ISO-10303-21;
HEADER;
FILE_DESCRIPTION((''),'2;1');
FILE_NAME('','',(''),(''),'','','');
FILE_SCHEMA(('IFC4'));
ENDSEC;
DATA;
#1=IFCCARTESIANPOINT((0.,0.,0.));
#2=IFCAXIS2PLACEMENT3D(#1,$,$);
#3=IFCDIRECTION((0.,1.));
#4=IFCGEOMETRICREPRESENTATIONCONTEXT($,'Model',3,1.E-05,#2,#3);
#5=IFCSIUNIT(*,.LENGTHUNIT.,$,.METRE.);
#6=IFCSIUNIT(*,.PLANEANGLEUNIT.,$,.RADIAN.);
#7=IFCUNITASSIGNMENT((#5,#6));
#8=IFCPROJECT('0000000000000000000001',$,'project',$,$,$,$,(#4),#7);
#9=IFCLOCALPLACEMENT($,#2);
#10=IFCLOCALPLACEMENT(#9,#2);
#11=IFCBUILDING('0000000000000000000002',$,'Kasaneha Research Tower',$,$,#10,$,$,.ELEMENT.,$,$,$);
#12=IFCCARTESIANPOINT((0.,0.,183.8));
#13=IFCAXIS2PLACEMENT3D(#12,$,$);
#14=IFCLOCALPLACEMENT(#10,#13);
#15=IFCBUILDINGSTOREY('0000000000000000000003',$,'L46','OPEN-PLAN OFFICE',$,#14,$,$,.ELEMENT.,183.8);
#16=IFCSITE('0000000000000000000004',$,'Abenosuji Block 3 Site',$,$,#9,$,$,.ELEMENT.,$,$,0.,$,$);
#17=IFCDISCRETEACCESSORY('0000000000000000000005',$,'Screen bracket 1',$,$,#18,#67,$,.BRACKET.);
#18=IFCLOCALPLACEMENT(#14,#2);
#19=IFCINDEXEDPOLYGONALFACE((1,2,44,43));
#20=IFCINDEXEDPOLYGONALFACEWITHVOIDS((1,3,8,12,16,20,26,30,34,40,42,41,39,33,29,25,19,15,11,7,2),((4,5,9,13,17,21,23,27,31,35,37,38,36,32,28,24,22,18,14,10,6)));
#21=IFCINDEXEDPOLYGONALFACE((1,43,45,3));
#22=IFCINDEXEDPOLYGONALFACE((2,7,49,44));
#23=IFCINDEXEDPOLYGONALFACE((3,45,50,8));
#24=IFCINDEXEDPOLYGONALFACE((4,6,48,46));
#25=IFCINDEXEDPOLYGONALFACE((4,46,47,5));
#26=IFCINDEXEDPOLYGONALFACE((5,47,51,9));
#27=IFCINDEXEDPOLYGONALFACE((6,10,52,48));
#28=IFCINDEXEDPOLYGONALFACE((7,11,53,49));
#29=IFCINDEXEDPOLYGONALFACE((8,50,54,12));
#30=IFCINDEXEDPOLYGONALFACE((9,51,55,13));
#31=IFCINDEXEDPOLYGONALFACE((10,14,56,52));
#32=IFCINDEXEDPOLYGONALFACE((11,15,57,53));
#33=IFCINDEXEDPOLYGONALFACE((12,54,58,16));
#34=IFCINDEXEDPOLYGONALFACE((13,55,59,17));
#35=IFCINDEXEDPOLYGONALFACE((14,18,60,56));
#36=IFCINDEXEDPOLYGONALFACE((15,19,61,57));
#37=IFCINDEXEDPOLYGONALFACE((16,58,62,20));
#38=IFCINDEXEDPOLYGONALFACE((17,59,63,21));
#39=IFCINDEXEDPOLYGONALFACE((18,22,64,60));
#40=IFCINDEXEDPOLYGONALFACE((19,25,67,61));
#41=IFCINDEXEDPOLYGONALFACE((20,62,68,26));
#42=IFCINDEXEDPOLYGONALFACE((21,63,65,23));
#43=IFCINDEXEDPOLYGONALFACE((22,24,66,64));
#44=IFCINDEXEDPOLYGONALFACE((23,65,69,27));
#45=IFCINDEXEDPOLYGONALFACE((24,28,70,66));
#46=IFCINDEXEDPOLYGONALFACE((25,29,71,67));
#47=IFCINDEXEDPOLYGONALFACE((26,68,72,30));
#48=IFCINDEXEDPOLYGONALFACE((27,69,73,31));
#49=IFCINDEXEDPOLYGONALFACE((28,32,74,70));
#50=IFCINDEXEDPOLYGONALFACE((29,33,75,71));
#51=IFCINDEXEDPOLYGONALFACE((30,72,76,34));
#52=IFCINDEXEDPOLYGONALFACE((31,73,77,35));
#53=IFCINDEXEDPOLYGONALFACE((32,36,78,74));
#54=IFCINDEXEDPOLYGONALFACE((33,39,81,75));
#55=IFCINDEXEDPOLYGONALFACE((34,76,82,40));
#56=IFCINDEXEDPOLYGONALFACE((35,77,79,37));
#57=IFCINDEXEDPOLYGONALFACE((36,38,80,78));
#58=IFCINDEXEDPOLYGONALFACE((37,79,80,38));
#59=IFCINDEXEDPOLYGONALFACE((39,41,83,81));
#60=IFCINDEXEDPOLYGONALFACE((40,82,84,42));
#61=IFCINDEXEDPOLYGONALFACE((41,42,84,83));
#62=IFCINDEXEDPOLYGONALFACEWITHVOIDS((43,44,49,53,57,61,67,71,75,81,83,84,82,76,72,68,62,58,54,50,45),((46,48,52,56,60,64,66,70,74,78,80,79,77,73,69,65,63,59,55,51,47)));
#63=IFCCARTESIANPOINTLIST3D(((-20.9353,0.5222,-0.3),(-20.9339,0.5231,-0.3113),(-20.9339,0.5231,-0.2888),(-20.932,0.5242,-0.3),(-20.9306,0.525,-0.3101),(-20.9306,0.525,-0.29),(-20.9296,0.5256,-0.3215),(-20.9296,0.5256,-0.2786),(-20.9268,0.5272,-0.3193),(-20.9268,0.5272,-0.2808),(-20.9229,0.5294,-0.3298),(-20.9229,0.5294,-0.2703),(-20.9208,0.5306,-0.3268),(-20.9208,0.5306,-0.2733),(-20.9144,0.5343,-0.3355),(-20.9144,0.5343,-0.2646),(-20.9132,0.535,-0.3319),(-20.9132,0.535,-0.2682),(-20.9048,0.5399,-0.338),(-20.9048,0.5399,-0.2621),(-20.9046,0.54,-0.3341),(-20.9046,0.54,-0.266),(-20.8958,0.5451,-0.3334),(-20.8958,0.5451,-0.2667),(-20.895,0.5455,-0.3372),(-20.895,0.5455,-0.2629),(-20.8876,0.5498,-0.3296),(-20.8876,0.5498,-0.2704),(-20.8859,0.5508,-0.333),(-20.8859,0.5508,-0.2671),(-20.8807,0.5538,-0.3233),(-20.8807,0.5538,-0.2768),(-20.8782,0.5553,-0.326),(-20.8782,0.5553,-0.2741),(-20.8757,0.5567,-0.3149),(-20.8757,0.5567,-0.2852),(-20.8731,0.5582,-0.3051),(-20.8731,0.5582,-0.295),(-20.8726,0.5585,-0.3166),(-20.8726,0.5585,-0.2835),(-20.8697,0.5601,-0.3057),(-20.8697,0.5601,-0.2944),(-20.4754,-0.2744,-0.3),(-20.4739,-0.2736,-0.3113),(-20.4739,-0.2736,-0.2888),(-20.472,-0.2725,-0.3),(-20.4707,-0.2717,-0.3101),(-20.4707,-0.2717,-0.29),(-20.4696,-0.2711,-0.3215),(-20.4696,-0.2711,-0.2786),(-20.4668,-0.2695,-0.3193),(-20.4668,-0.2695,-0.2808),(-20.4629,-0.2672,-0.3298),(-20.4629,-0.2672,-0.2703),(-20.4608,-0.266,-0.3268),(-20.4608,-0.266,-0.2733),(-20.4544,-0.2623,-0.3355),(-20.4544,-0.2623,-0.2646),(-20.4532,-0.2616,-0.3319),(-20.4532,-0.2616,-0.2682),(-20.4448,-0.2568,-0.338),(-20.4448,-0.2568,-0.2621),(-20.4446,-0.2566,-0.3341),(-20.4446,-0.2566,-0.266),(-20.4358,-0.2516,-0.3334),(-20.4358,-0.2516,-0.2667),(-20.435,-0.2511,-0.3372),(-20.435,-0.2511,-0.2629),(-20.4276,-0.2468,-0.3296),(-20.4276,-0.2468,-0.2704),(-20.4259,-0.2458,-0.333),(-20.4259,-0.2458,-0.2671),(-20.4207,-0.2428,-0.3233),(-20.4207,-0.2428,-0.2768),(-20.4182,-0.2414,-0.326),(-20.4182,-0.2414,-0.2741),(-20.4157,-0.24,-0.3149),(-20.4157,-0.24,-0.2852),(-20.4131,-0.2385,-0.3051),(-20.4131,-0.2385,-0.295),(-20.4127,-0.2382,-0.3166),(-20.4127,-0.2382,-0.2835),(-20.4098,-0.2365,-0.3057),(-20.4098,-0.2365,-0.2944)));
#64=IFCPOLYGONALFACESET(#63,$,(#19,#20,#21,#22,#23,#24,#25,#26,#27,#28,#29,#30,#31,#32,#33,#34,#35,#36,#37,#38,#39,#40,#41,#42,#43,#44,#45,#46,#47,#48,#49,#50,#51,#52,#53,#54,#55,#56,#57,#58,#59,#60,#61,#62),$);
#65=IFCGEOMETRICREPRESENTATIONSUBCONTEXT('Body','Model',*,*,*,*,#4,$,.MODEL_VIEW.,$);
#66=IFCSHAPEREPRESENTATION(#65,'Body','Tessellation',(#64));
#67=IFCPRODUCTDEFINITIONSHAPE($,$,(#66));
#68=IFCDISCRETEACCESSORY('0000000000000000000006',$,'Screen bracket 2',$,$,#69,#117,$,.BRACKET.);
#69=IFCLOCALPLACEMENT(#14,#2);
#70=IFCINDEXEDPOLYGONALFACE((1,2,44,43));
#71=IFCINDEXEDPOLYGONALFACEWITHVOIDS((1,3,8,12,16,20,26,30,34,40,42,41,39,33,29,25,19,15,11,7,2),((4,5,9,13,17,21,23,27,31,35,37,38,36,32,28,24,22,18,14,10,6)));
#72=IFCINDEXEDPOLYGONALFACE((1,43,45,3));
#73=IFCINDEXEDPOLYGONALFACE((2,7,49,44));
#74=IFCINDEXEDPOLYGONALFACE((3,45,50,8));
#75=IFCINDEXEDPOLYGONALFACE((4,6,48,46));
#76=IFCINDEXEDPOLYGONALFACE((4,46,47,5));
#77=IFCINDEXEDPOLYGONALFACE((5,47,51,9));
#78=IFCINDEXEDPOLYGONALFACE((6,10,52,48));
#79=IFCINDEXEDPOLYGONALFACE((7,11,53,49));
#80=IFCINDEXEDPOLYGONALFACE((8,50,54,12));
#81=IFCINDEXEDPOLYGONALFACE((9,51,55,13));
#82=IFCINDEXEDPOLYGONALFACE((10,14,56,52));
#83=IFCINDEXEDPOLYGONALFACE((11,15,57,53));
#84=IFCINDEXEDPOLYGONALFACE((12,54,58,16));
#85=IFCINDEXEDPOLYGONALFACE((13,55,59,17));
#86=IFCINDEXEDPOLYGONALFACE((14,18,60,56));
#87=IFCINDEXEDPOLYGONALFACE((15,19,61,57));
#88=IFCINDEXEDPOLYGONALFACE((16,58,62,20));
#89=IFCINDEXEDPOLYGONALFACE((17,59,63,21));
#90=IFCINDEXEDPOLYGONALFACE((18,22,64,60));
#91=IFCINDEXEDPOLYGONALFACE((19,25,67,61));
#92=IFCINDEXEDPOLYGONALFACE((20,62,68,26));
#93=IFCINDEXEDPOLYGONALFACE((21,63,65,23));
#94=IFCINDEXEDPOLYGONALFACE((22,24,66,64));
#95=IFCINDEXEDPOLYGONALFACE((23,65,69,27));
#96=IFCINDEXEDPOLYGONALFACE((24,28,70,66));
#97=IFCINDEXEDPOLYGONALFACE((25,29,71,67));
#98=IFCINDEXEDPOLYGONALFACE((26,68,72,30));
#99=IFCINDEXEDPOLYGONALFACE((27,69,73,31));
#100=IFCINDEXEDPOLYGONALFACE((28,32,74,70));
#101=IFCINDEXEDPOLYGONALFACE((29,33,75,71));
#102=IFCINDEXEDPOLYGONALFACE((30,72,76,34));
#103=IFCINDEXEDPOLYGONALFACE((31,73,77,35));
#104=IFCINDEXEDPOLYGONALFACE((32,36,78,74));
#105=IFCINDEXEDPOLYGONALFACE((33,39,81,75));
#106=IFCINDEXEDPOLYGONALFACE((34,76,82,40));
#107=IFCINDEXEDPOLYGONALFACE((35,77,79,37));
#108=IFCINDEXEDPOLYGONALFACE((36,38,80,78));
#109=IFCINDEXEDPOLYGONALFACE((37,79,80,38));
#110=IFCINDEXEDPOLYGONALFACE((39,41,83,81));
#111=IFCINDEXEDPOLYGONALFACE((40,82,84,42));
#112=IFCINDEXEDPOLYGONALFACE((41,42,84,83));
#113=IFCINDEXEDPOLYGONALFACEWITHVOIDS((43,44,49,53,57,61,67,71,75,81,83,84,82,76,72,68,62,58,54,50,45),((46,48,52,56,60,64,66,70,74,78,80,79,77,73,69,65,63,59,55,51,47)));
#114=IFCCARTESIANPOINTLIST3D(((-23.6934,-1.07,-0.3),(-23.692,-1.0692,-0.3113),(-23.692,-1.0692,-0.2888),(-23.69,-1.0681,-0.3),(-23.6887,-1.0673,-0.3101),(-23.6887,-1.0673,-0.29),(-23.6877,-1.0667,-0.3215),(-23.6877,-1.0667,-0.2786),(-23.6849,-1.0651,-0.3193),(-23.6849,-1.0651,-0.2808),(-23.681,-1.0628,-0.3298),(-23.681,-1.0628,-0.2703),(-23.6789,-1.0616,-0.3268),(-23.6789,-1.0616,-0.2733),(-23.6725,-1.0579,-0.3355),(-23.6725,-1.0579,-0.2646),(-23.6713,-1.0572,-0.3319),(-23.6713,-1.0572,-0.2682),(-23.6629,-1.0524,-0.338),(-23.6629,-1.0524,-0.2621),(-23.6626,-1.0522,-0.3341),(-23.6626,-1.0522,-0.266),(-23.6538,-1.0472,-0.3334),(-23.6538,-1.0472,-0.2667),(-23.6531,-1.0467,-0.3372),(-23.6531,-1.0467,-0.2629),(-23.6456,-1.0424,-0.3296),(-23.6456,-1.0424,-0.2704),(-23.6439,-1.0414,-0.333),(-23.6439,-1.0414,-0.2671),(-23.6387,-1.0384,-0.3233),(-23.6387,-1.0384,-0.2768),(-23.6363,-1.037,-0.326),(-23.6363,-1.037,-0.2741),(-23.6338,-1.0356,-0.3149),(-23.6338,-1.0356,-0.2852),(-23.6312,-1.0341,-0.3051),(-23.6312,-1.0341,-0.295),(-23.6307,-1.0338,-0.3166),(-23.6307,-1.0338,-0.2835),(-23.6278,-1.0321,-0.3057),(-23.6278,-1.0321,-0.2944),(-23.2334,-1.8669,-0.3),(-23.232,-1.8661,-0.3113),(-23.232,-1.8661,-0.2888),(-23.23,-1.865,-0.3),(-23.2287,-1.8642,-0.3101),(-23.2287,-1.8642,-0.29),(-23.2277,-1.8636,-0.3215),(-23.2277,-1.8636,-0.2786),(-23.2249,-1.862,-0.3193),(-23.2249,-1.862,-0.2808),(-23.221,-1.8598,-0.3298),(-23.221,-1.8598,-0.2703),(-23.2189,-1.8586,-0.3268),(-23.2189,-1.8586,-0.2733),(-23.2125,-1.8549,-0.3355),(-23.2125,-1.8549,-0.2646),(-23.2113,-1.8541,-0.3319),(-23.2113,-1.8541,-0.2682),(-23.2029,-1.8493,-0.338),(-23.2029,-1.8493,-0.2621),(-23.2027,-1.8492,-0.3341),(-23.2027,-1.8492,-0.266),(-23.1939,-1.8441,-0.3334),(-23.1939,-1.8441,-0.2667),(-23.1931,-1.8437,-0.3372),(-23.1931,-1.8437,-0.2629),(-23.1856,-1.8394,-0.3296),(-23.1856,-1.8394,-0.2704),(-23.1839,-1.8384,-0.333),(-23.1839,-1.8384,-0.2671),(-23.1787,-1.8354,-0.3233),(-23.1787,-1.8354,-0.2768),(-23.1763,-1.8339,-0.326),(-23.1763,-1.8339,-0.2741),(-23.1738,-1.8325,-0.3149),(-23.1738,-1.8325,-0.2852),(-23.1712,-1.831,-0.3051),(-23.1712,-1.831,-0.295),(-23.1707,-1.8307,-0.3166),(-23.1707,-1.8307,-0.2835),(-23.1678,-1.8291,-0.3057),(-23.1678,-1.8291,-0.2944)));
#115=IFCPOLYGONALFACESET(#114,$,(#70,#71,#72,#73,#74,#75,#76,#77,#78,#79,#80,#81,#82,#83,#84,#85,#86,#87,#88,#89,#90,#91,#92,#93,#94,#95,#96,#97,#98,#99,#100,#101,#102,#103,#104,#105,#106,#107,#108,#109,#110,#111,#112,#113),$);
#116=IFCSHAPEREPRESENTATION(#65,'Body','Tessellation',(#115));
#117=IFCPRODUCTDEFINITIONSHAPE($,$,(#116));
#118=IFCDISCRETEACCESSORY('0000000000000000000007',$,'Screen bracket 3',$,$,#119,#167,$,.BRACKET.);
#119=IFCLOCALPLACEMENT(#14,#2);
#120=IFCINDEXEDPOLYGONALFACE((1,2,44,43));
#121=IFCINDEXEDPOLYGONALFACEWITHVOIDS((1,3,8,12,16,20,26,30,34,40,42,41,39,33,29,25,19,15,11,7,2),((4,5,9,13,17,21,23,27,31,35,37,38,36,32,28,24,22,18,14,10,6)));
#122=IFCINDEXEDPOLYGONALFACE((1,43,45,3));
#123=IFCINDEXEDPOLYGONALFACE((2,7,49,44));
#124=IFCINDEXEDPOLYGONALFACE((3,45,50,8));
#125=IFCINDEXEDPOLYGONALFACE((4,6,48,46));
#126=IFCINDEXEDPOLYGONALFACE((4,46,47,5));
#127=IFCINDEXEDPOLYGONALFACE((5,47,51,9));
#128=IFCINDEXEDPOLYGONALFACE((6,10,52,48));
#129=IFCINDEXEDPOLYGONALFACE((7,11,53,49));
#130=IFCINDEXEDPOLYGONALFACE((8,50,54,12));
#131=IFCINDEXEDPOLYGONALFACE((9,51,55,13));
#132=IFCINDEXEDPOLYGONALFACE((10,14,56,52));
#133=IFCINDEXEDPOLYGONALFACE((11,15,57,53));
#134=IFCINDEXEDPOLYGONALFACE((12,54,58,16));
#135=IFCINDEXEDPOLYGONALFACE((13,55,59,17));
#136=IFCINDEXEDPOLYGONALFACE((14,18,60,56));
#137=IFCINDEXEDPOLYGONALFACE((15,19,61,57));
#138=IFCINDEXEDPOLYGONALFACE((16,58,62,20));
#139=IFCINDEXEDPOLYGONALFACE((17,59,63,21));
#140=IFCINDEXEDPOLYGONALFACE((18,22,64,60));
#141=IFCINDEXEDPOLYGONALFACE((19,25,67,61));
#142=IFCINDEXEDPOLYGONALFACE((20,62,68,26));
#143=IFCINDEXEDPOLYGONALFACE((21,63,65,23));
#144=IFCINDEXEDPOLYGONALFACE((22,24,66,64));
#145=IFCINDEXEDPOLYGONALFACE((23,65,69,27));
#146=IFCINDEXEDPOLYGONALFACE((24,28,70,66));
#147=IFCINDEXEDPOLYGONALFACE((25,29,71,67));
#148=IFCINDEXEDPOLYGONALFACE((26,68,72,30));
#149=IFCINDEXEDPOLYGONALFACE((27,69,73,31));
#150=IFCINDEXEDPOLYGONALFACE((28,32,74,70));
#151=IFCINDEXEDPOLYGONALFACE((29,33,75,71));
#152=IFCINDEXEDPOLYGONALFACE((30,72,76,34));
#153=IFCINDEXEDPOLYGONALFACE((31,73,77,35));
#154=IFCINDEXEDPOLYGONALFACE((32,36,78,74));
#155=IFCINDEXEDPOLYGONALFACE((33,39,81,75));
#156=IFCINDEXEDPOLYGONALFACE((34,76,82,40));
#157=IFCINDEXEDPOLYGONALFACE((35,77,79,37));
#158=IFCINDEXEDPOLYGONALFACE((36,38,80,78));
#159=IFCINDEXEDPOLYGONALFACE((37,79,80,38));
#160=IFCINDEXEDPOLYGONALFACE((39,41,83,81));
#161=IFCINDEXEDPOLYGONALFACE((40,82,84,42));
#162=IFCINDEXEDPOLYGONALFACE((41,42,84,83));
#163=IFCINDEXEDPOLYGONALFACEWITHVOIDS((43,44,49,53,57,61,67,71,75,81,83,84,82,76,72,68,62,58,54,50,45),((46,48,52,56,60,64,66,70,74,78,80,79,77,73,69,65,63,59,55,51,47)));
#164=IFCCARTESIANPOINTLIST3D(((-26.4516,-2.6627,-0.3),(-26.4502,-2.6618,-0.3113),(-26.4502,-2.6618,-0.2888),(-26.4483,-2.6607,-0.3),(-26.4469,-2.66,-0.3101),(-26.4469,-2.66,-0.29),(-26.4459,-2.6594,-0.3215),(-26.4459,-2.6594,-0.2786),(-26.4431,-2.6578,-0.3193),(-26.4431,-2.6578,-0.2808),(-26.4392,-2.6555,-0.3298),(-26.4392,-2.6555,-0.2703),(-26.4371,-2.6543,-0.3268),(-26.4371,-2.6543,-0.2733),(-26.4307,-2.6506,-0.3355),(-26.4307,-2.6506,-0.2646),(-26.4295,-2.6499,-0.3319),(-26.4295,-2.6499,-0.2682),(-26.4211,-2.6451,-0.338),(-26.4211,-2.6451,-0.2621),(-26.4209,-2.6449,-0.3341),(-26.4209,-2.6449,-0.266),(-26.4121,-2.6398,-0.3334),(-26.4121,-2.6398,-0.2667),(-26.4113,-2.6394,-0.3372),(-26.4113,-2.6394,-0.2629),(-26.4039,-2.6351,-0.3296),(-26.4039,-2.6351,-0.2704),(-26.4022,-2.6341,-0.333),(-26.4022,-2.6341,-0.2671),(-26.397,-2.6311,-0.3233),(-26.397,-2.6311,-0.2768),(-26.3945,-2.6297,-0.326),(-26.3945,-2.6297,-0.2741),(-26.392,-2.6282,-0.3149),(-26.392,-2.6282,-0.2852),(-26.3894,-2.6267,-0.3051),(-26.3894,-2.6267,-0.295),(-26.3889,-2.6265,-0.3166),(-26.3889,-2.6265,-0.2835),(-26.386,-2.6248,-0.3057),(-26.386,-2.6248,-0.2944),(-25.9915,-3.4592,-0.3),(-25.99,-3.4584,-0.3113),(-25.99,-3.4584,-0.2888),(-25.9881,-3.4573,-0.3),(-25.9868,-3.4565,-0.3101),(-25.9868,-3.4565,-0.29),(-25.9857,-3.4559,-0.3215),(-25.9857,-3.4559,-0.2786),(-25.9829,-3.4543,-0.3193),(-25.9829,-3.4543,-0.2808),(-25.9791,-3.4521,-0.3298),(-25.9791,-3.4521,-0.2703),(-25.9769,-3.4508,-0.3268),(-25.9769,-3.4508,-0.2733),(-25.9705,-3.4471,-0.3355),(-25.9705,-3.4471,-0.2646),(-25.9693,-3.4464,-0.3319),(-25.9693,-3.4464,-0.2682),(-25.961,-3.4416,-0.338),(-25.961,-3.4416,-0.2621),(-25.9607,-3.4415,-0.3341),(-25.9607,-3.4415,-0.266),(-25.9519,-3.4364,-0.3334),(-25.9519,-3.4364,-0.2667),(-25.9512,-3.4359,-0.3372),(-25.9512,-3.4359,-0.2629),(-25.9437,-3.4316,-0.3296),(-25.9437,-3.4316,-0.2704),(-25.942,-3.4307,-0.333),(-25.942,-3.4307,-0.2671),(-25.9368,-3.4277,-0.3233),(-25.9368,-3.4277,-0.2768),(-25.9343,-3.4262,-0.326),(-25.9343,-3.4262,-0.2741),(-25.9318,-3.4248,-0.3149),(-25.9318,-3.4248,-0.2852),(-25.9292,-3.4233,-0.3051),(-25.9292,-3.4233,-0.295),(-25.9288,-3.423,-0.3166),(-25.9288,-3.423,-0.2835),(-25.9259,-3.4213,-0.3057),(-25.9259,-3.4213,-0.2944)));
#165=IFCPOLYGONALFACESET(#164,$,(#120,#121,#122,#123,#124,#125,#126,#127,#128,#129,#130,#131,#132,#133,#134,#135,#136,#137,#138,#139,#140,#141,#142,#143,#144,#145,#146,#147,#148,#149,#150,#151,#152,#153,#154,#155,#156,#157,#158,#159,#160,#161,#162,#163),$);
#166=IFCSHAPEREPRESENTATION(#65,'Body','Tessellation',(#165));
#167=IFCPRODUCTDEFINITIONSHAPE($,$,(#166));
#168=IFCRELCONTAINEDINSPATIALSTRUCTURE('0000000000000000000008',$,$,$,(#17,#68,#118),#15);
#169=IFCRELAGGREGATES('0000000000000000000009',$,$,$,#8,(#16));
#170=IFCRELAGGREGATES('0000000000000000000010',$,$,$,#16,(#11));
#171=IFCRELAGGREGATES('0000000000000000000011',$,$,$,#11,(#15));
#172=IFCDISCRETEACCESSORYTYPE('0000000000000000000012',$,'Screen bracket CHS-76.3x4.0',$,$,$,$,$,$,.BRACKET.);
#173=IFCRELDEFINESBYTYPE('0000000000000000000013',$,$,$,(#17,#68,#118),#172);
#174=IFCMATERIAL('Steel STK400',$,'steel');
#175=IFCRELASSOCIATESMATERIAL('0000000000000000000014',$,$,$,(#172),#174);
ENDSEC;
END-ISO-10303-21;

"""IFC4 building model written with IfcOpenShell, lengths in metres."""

from ifc_helpers import new_model, si_unit, direction, frame, origin, origin_2d, place, context, subcontext, project, spatial, hollow_circle, extrude, material, material_profile, profile_set, type_object, element, save


model = new_model("IFC4")

# Units and contexts
model_context = context("Model", 3, precision=1e-05, world=origin(), true_north=direction((0.0, 1.0)))
body_context = subcontext(model_context, "Body", "Model", "MODEL_VIEW")
ifc_project = project(units=[si_unit("LENGTHUNIT", "METRE"), si_unit("PLANEANGLEUNIT", "RADIAN")], contexts=[model_context])

# Site, building, storey
site_placement = place(None, origin())
site = spatial("IfcSite", under=ifc_project, at=site_placement, Name="Abenosuji Block 3 Site", CompositionType="ELEMENT", RefElevation=0.0)
building_placement = place(site_placement, origin())
building = spatial("IfcBuilding", under=site, at=building_placement, Name="Kasaneha Research Tower", CompositionType="ELEMENT")
storey_placement = place(building_placement, frame((0.0, 0.0, 183.8)))
storey = spatial("IfcBuildingStorey", under=building, at=storey_placement, Name="L46", Description="OPEN-PLAN OFFICE", CompositionType="ELEMENT", Elevation=183.8)

# Discrete accessories
ifc_material_1 = material(Name="Steel STK400", Category="steel")
ifc_material_profile_1 = material_profile(ifc_material_1, hollow_circle(Radius=0.0381, WallThickness=0.0039, at=origin_2d()), Name="CHS-76.3x4.0")
ifc_profile_set_1 = profile_set([ifc_material_profile_1], Name="Steel STK400")
discrete_accessory_type = type_object("IfcDiscreteAccessoryType", Name="Screen bracket CHS-76.3x4.0", PredefinedType="BRACKET", material=ifc_profile_set_1)
for number, where, z_axis, x_axis, name in (
    (1, (-20.4424, -0.2554, -0.3), (-0.500021, 0.866013, 0.0), (-0.866013, -0.500021, 0.0), "Screen bracket 1"),
):
    element("IfcDiscreteAccessory", number, at=place(storey_placement, frame(where, z_axis=z_axis, x_axis=x_axis)), inside=storey, type_object=discrete_accessory_type, Name=name, PredefinedType="BRACKET", context=body_context, shape_type="SweptSolid", body=[
        extrude(hollow_circle(Radius=0.0381, WallThickness=0.0039, at=origin_2d()), origin(), (0.0, 0.0, 1.0), 0.9199),
    ])
discrete_accessory_1_placement = place(storey_placement, frame((-23.2004, -1.8479, -0.3), z_axis=(-0.499906, 0.86608, 0.0), x_axis=(-0.86608, -0.499906, 0.0)))
element("IfcDiscreteAccessory", 2, at=discrete_accessory_1_placement, inside=storey, type_object=discrete_accessory_type, Name="Screen bracket 2", PredefinedType="BRACKET", context=body_context, shape_type="SweptSolid", body=[
    extrude(hollow_circle(Radius=0.0381, WallThickness=0.0039, at=origin_2d()), origin(), (0.0, 0.0, 1.0), 0.9202),
])
discrete_accessory_2_placement = place(storey_placement, frame((-25.9585, -3.4402, -0.3), z_axis=(-0.50022, 0.865898, 0.0), x_axis=(-0.865898, -0.50022, 0.0)))
element("IfcDiscreteAccessory", 3, at=discrete_accessory_2_placement, inside=storey, type_object=discrete_accessory_type, Name="Screen bracket 3", PredefinedType="BRACKET", context=body_context, shape_type="SweptSolid", body=[
    extrude(hollow_circle(Radius=0.0381, WallThickness=0.0039, at=origin_2d()), origin(), (0.0, 0.0, 1.0), 0.9199),
])

save(model, "model.ifc")
